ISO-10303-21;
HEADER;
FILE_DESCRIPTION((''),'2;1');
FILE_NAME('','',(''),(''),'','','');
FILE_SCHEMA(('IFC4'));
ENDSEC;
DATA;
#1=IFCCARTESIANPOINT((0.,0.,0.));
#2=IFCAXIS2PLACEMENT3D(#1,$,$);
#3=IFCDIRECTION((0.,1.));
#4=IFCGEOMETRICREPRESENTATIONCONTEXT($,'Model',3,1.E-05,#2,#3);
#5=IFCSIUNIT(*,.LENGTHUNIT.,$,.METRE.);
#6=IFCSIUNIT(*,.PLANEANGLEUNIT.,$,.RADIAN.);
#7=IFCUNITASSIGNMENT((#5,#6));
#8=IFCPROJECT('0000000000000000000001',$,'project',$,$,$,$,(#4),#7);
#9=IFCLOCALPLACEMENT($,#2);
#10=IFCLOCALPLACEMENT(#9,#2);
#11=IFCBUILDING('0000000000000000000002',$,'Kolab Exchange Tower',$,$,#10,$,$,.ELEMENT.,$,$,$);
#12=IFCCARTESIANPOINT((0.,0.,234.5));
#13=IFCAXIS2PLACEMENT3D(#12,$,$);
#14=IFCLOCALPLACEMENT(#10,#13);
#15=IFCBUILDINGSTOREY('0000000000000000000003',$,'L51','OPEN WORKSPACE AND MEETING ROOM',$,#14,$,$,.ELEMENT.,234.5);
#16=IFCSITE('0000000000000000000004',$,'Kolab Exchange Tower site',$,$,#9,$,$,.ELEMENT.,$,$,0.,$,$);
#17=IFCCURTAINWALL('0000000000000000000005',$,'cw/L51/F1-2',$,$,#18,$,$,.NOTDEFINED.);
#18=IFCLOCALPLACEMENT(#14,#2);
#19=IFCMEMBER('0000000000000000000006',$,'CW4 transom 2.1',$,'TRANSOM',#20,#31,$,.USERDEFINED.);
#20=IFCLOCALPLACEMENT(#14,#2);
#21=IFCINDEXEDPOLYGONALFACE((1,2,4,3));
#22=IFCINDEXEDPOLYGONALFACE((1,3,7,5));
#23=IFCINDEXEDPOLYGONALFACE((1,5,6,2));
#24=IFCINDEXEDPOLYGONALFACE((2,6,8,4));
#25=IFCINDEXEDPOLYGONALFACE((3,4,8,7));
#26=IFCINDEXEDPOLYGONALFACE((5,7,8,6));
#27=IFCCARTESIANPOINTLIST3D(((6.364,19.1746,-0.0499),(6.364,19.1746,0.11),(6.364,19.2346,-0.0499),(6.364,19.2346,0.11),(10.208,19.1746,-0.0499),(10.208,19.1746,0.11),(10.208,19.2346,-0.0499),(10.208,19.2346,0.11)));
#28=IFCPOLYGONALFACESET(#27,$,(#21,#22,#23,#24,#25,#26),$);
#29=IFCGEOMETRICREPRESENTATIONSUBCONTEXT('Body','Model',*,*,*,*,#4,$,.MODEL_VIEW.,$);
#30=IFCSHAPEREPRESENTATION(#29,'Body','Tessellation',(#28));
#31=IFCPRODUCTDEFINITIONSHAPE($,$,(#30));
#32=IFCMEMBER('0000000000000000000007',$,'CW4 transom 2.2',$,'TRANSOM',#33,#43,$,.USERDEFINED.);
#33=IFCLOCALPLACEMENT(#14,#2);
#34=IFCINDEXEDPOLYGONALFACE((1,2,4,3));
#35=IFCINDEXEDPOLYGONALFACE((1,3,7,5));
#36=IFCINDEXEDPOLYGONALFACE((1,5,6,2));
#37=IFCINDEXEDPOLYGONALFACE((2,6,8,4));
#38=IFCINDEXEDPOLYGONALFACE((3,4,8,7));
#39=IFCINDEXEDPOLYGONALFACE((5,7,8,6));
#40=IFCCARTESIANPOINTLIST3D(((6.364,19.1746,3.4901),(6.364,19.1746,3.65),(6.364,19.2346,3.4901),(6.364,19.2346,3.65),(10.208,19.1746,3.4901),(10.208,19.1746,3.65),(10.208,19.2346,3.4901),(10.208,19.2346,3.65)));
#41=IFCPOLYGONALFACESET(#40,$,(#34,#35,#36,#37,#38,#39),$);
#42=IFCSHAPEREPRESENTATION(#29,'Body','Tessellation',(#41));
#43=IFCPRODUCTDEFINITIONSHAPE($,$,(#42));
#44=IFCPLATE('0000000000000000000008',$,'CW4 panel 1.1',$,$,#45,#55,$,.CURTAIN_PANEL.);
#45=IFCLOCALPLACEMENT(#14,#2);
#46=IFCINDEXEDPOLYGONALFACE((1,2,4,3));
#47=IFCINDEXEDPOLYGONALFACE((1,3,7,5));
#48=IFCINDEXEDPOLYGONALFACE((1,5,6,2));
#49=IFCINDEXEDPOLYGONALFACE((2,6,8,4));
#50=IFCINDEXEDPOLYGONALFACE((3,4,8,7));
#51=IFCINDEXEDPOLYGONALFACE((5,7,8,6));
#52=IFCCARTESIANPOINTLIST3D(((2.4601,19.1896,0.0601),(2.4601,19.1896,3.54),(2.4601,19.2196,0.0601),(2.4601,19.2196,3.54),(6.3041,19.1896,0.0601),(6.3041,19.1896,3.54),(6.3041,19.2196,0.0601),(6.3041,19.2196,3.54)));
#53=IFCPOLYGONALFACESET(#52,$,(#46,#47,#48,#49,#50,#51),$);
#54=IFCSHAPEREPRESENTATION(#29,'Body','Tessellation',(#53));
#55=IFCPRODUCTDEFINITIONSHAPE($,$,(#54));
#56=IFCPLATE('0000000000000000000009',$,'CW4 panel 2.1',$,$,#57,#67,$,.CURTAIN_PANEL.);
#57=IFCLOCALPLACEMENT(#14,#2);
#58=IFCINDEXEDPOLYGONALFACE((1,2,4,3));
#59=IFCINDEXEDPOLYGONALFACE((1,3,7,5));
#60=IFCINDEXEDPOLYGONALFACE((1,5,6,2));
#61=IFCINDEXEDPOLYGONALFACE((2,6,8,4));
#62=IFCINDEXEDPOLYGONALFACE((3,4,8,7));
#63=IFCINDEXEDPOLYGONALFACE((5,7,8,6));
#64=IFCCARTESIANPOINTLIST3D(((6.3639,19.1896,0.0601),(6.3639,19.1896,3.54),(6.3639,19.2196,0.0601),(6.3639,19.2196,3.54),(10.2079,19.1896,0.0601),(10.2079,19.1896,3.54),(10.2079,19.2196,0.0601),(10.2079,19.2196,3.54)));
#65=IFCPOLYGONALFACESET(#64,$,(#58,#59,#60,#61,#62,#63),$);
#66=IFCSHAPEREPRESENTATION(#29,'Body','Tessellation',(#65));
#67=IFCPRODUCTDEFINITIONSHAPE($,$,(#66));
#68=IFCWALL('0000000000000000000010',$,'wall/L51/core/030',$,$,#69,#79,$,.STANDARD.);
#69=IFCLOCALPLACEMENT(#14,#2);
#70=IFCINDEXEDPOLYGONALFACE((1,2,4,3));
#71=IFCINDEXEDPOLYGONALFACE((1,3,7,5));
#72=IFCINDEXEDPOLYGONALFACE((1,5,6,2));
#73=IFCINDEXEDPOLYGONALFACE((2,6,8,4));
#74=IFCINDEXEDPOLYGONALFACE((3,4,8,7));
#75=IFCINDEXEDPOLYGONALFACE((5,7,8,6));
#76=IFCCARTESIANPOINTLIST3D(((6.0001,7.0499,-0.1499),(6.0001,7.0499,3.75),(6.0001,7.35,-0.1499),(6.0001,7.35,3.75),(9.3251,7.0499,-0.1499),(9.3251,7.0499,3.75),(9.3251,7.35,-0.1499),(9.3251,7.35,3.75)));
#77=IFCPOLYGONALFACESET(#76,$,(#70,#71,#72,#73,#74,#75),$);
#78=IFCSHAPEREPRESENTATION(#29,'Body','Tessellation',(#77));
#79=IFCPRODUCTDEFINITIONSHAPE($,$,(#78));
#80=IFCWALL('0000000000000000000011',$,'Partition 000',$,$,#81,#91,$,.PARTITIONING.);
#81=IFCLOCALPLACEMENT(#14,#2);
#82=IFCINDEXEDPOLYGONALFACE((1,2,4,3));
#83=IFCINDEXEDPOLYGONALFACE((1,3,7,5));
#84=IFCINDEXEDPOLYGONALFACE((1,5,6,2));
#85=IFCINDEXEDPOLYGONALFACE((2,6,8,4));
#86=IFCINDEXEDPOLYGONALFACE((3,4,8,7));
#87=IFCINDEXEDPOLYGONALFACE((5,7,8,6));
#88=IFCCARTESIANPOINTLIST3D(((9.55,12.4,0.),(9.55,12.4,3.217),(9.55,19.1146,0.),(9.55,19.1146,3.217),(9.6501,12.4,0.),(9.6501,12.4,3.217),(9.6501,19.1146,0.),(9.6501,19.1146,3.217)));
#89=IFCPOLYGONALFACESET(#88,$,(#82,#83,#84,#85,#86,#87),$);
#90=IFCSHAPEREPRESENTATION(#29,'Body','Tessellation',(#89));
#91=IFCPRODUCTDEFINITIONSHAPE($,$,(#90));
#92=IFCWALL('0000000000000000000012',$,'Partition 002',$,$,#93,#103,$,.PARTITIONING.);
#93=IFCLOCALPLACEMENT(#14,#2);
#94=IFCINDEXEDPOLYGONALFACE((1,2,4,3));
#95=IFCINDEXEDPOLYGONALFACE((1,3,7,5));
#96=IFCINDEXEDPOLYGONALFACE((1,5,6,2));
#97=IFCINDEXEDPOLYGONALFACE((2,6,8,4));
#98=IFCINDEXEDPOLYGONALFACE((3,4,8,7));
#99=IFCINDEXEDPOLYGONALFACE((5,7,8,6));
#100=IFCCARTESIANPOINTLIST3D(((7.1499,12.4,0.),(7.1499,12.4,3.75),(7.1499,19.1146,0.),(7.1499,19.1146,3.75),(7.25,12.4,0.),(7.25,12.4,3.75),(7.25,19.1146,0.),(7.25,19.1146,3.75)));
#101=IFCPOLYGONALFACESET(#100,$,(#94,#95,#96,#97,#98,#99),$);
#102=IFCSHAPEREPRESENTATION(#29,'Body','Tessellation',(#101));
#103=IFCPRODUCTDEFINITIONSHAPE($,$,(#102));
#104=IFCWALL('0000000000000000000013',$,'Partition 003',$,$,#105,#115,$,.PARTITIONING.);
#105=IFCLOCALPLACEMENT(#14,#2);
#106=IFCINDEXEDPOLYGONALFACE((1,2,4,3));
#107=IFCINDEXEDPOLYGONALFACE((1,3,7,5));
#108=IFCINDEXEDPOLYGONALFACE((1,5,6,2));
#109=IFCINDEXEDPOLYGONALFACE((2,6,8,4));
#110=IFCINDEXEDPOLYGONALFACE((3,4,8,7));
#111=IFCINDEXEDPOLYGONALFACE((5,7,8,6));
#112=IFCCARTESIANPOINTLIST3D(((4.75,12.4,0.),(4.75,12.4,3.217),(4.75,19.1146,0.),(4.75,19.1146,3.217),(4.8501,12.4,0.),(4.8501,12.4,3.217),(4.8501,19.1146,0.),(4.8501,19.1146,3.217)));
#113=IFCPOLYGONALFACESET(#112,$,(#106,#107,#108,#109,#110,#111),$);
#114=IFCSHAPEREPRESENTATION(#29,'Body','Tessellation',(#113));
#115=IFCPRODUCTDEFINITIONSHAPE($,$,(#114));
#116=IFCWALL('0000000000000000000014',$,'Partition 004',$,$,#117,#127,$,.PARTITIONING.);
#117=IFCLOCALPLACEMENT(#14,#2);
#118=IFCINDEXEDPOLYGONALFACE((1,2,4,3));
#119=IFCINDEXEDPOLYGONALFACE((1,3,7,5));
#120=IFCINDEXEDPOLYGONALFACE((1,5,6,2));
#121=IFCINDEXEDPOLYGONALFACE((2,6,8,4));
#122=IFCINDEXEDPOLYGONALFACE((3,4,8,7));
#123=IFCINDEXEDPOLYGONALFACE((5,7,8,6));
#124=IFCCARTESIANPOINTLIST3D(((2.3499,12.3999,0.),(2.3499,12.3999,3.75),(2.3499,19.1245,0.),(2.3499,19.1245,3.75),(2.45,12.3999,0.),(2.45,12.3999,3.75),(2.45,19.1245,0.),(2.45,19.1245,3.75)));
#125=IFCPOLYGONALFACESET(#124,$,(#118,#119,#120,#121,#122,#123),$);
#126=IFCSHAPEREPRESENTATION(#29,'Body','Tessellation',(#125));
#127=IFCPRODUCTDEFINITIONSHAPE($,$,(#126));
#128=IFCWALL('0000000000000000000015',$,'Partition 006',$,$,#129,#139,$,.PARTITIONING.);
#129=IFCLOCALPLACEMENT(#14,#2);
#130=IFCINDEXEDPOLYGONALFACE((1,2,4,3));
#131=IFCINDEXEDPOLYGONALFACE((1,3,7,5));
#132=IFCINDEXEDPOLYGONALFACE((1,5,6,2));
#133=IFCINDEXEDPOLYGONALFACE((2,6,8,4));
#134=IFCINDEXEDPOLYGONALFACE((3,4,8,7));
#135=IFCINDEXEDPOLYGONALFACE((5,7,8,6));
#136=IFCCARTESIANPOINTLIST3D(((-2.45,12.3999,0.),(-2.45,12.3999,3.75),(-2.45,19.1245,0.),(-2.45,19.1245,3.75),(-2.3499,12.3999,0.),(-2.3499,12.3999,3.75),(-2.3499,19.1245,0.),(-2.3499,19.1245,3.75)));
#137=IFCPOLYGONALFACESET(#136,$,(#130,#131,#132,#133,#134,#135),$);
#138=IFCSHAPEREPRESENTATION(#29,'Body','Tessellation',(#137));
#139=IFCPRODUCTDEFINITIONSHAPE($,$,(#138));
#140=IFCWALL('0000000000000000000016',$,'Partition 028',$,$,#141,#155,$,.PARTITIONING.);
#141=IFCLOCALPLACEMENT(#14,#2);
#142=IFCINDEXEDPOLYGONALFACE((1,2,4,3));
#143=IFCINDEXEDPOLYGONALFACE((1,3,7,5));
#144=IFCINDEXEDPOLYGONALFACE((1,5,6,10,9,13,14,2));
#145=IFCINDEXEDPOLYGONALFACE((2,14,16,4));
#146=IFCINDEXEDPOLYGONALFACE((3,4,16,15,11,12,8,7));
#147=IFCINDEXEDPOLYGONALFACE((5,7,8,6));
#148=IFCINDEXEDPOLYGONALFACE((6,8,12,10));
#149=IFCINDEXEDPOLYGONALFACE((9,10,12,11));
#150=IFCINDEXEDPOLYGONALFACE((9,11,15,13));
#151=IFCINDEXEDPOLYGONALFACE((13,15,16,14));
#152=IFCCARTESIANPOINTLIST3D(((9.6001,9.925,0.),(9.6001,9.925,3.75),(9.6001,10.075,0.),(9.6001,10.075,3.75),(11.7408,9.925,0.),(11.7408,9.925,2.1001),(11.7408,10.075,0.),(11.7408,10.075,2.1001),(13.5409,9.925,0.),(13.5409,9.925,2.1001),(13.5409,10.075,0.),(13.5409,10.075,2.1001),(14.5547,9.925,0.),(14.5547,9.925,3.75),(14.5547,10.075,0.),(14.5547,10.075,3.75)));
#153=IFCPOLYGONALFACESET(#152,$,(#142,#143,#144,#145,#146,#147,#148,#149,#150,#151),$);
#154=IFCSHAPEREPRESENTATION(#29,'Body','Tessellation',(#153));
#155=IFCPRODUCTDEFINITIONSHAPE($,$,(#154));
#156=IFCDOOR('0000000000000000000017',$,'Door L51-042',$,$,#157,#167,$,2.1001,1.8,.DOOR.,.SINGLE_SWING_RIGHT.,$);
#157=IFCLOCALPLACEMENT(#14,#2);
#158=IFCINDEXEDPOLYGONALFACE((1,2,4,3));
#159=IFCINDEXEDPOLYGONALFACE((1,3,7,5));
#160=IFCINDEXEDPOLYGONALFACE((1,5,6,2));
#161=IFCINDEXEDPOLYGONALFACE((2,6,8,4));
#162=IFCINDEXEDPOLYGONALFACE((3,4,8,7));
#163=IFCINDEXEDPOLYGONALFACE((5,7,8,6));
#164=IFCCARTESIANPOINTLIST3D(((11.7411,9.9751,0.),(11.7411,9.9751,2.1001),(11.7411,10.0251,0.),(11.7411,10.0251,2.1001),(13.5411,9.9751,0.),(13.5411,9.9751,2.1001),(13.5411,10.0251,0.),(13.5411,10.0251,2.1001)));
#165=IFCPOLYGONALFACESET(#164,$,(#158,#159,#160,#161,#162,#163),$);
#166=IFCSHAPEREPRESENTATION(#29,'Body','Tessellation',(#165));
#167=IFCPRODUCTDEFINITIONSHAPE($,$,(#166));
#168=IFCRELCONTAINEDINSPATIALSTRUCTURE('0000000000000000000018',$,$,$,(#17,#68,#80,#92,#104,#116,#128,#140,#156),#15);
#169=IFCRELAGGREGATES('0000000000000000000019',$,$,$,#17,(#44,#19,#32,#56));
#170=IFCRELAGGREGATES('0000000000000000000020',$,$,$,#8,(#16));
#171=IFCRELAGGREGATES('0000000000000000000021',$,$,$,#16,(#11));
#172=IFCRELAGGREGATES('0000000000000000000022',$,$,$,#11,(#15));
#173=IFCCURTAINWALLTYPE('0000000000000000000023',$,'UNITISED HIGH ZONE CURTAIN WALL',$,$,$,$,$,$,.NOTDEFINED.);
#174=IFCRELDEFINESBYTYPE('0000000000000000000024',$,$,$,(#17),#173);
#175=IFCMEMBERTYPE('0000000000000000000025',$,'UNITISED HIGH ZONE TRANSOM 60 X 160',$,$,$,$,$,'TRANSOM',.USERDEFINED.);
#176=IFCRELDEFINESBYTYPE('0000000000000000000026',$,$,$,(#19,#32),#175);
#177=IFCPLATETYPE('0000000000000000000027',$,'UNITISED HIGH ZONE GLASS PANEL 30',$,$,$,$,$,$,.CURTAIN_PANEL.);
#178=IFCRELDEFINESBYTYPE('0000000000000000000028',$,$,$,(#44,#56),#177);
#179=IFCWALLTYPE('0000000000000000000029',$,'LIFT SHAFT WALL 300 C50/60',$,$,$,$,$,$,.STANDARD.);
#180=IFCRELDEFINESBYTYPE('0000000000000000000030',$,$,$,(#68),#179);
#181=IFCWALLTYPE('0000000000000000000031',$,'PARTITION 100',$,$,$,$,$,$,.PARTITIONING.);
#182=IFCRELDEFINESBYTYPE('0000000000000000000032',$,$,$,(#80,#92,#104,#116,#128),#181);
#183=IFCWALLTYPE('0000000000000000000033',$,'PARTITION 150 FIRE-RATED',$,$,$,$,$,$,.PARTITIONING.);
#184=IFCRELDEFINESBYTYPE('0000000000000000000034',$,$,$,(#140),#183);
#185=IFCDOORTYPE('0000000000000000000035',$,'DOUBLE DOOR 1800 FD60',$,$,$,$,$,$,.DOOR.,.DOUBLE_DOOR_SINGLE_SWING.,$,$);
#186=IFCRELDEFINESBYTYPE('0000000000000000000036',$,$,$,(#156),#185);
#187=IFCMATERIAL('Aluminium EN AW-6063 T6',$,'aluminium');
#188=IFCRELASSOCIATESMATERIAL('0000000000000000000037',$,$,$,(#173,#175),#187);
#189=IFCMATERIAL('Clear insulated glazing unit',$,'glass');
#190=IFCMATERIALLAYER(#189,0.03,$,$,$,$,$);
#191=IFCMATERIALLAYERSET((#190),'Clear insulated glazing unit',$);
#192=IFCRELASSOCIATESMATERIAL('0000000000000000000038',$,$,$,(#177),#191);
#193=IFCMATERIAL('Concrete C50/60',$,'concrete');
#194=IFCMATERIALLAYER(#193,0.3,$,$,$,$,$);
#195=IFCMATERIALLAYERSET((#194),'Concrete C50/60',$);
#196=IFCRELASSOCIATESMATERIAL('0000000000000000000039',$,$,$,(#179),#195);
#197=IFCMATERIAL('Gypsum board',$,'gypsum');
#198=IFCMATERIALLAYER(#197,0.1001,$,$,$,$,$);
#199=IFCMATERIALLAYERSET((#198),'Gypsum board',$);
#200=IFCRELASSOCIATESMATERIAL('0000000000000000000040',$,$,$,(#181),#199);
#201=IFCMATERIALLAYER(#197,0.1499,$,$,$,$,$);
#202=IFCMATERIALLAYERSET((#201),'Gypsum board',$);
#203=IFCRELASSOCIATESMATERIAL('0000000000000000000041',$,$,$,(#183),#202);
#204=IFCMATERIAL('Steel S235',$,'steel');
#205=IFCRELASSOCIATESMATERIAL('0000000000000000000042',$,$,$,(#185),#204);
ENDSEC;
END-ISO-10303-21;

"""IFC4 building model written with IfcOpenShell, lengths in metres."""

from ifc_helpers import new_model, si_unit, direction, frame, frame_2d, origin, origin_2d, place, context, subcontext, project, spatial, rectangle, extrude, material, layer, layer_set, material_profile, profile_set, type_object, element, fill, aggregate, save


model = new_model("IFC4")

# Units and contexts
model_context = context("Model", 3, precision=1e-05, world=origin(), true_north=direction((0.0, 1.0)))
body_context = subcontext(model_context, "Body", "Model", "MODEL_VIEW")
ifc_project = project(units=[si_unit("LENGTHUNIT", "METRE"), si_unit("PLANEANGLEUNIT", "RADIAN")], contexts=[model_context])

# Site, building, storey
site_placement = place(None, origin())
site = spatial("IfcSite", under=ifc_project, at=site_placement, Name="Kolab Exchange Tower site", CompositionType="ELEMENT", RefElevation=0.0)
building_placement = place(site_placement, origin())
building = spatial("IfcBuilding", under=site, at=building_placement, Name="Kolab Exchange Tower", CompositionType="ELEMENT")
storey_placement = place(building_placement, frame((0.0, 0.0, 234.5)))
storey = spatial("IfcBuildingStorey", under=building, at=storey_placement, Name="L51", Description="OPEN WORKSPACE AND MEETING ROOM", CompositionType="ELEMENT", Elevation=234.5)

# Shared definitions
ifc_material_1 = material(Name="Concrete C50/60", Category="concrete")

# Curtain wall, members, plates
ifc_material_2 = material(Name="Aluminium EN AW-6063 T6", Category="aluminium")
curtain_wall_type = type_object("IfcCurtainWallType", Name="UNITISED HIGH ZONE CURTAIN WALL", PredefinedType="NOTDEFINED", material=ifc_material_2)
curtain_wall_placement = place(storey_placement, origin())
curtain_wall = element("IfcCurtainWall", 1, at=curtain_wall_placement, inside=storey, type_object=curtain_wall_type, Name="cw/L51/F1-2", PredefinedType="NOTDEFINED")
ifc_material_profile_1 = material_profile(ifc_material_2, rectangle(XDim=0.0601, YDim=0.1599, at=origin_2d()), Name="RECT 60X160")
ifc_profile_set_1 = profile_set([ifc_material_profile_1], Name="Aluminium EN AW-6063 T6")
member_type_1 = type_object("IfcMemberType", Name="UNITISED HIGH ZONE TRANSOM 60 X 160", ElementType="TRANSOM", PredefinedType="USERDEFINED", material=ifc_profile_set_1)
member_1_placement = place(storey_placement, frame((6.364, 19.2046, 0.03), z_axis=(1.0, 0.0, 0.0), x_axis=(0.0, 1.0, 0.0)))
member_1 = element("IfcMember", 2, at=member_1_placement, type_object=member_type_1, Name="CW4 transom 2.1", ObjectType="TRANSOM", PredefinedType="USERDEFINED", context=body_context, shape_type="SweptSolid", body=[
    extrude(rectangle(XDim=0.0601, YDim=0.1599, at=origin_2d()), origin(), (0.0, 0.0, 1.0), 3.844),
])
member_2_placement = place(storey_placement, frame((6.364, 19.2046, 3.5701), z_axis=(1.0, 0.0, 0.0), x_axis=(0.0, 1.0, 0.0)))
member_2 = element("IfcMember", 3, at=member_2_placement, type_object=member_type_1, Name="CW4 transom 2.2", ObjectType="TRANSOM", PredefinedType="USERDEFINED", context=body_context, shape_type="SweptSolid", body=[
    extrude(rectangle(XDim=0.0601, YDim=0.1599, at=origin_2d()), origin(), (0.0, 0.0, 1.0), 3.844),
])
ifc_material_3 = material(Name="Clear insulated glazing unit", Category="glass")
ifc_layer_1 = layer(ifc_material_3, 0.03)
ifc_layer_set_1 = layer_set([ifc_layer_1], Name="Clear insulated glazing unit")
plate_type = type_object("IfcPlateType", Name="UNITISED HIGH ZONE GLASS PANEL 30", PredefinedType="CURTAIN_PANEL", material=ifc_layer_set_1)
plate_1_placement = place(storey_placement, frame((4.3821, 19.2046, 0.0601), z_axis=(0.0, 0.0, 1.0), x_axis=(1.0, 0.0, 0.0)))
plate_1 = element("IfcPlate", 4, at=plate_1_placement, type_object=plate_type, Name="CW4 panel 1.1", PredefinedType="CURTAIN_PANEL", context=body_context, shape_type="SweptSolid", body=[
    extrude(rectangle(XDim=3.844, YDim=0.03, at=origin_2d()), origin(), (0.0, 0.0, 1.0), 3.48),
])
plate_2_placement = place(storey_placement, frame((8.2859, 19.2046, 0.0601), z_axis=(0.0, 0.0, 1.0), x_axis=(1.0, 0.0, 0.0)))
plate_2 = element("IfcPlate", 5, at=plate_2_placement, type_object=plate_type, Name="CW4 panel 2.1", PredefinedType="CURTAIN_PANEL", context=body_context, shape_type="SweptSolid", body=[
    extrude(rectangle(XDim=3.844, YDim=0.03, at=origin_2d()), origin(), (0.0, 0.0, 1.0), 3.48),
])
aggregate(curtain_wall, [plate_1, member_1, member_2, plate_2])

# Walls
ifc_layer_2 = layer(ifc_material_1, 0.3)
ifc_layer_set_2 = layer_set([ifc_layer_2], Name="Concrete C50/60")
wall_type_1 = type_object("IfcWallType", Name="LIFT SHAFT WALL 300 C50/60", PredefinedType="STANDARD", material=ifc_layer_set_2)
wall_1_placement = place(storey_placement, frame((6.0, 7.2, -0.1499), z_axis=(0.0, 0.0, 1.0), x_axis=(1.0, 0.0, 0.0)))
element("IfcWall", 6, at=wall_1_placement, inside=storey, type_object=wall_type_1, Name="wall/L51/core/030", PredefinedType="STANDARD", context=body_context, shape_type="SweptSolid", body=[
    extrude(rectangle(XDim=3.325, YDim=0.3, at=frame_2d((1.6626, 0.0))), origin(), (0.0, 0.0, 1.0), 3.8999),
])
ifc_material_4 = material(Name="Gypsum board", Category="gypsum")
ifc_layer_3 = layer(ifc_material_4, 0.1001)
ifc_layer_set_3 = layer_set([ifc_layer_3], Name="Gypsum board")
wall_type_2 = type_object("IfcWallType", Name="PARTITION 100", PredefinedType="PARTITIONING", material=ifc_layer_set_3)
wall_2_placement = place(storey_placement, frame((9.6001, 12.3999, 0.0), z_axis=(0.0, 0.0, 1.0), x_axis=(0.0, 1.0, 0.0)))
element("IfcWall", 7, at=wall_2_placement, inside=storey, type_object=wall_type_2, Name="Partition 000", PredefinedType="PARTITIONING", context=body_context, shape_type="SweptSolid", body=[
    extrude(rectangle(XDim=6.7146, YDim=0.1001, at=frame_2d((3.3574, 0.0))), origin(), (0.0, 0.0, 1.0), 3.217),
])
wall_3_placement = place(storey_placement, frame((7.2, 12.3999, 0.0), z_axis=(0.0, 0.0, 1.0), x_axis=(0.0, 1.0, 0.0)))
element("IfcWall", 8, at=wall_3_placement, inside=storey, type_object=wall_type_2, Name="Partition 002", PredefinedType="PARTITIONING", context=body_context, shape_type="SweptSolid", body=[
    extrude(rectangle(XDim=6.7146, YDim=0.1001, at=frame_2d((3.3574, 0.0))), origin(), (0.0, 0.0, 1.0), 3.75),
])
wall_4_placement = place(storey_placement, frame((4.8, 12.3999, 0.0), z_axis=(0.0, 0.0, 1.0), x_axis=(0.0, 1.0, 0.0)))
element("IfcWall", 9, at=wall_4_placement, inside=storey, type_object=wall_type_2, Name="Partition 003", PredefinedType="PARTITIONING", context=body_context, shape_type="SweptSolid", body=[
    extrude(rectangle(XDim=6.7146, YDim=0.1001, at=frame_2d((3.3574, 0.0))), origin(), (0.0, 0.0, 1.0), 3.217),
])
for number, where, z_axis, x_axis, name in (
    (10, (2.3999, 12.3999, 0.0), (0.0, 0.0, 1.0), (0.0, 1.0, 0.0), "Partition 004"),
    (11, (-2.3999, 12.3999, 0.0), (0.0, 0.0, 1.0), (0.0, 1.0, 0.0), "Partition 006"),
):
    element("IfcWall", number, at=place(storey_placement, frame(where, z_axis=z_axis, x_axis=x_axis)), inside=storey, type_object=wall_type_2, Name=name, PredefinedType="PARTITIONING", context=body_context, shape_type="SweptSolid", body=[
        extrude(rectangle(XDim=6.7246, YDim=0.1001, at=frame_2d((3.3623, 0.0))), origin(), (0.0, 0.0, 1.0), 3.75),
    ])

# Wall, opening, door
ifc_layer_4 = layer(ifc_material_4, 0.1499)
ifc_layer_set_4 = layer_set([ifc_layer_4], Name="Gypsum board")
wall_type_3 = type_object("IfcWallType", Name="PARTITION 150 FIRE-RATED", PredefinedType="PARTITIONING", material=ifc_layer_set_4)
wall_5_placement = place(storey_placement, frame((9.6001, 10.0, 0.0), z_axis=(0.0, 0.0, 1.0), x_axis=(1.0, 0.0, 0.0)))
wall_5 = element("IfcWall", 12, at=wall_5_placement, inside=storey, type_object=wall_type_3, Name="Partition 028", PredefinedType="PARTITIONING", context=body_context, shape_type="SweptSolid", body=[
    extrude(rectangle(XDim=4.9546, YDim=0.1499, at=frame_2d((2.4773, 0.0))), origin(), (0.0, 0.0, 1.0), 3.75),
])
opening_1_placement = place(wall_5_placement, frame((2.1409, 0.0, 0.0)))
opening_1 = element("IfcOpeningElement", 13, at=opening_1_placement, cuts=wall_5, PredefinedType="OPENING", context=body_context, shape_type="SweptSolid", body=[
    extrude(rectangle(XDim=1.8, YDim=2.1001, at=frame_2d((0.8999, 1.05))), frame((0.0, 0.085, 0.0), z_axis=(0.0, -1.0, 0.0), x_axis=(1.0, 0.0, 0.0)), (0.0, 0.0, 1.0), 0.1699),
])
ifc_material_5 = material(Name="Steel S235", Category="steel")
door_type_1 = type_object("IfcDoorType", Name="DOUBLE DOOR 1800 FD60", OperationType="DOUBLE_DOOR_SINGLE_SWING", PredefinedType="DOOR", material=ifc_material_5)
door_1_placement = place(opening_1_placement, frame((1.8, 0.0, 0.0), z_axis=(0.0, 0.0, 1.0), x_axis=(-1.0, 0.0, 0.0)))
door_1 = element("IfcDoor", 14, at=door_1_placement, inside=storey, type_object=door_type_1, Name="Door L51-042", OperationType="SINGLE_SWING_RIGHT", OverallHeight=2.1001, OverallWidth=1.8, PredefinedType="DOOR", context=body_context, shape_type="SweptSolid", body=[
    extrude(rectangle(XDim=1.8, YDim=2.1001, at=frame_2d((0.8999, 1.05))), frame((0.0, 0.0249, 0.0), z_axis=(0.0, -1.0, 0.0), x_axis=(1.0, 0.0, 0.0)), (0.0, 0.0, 1.0), 0.05),
])
fill(opening_1, door_1)

save(model, "model.ifc")
